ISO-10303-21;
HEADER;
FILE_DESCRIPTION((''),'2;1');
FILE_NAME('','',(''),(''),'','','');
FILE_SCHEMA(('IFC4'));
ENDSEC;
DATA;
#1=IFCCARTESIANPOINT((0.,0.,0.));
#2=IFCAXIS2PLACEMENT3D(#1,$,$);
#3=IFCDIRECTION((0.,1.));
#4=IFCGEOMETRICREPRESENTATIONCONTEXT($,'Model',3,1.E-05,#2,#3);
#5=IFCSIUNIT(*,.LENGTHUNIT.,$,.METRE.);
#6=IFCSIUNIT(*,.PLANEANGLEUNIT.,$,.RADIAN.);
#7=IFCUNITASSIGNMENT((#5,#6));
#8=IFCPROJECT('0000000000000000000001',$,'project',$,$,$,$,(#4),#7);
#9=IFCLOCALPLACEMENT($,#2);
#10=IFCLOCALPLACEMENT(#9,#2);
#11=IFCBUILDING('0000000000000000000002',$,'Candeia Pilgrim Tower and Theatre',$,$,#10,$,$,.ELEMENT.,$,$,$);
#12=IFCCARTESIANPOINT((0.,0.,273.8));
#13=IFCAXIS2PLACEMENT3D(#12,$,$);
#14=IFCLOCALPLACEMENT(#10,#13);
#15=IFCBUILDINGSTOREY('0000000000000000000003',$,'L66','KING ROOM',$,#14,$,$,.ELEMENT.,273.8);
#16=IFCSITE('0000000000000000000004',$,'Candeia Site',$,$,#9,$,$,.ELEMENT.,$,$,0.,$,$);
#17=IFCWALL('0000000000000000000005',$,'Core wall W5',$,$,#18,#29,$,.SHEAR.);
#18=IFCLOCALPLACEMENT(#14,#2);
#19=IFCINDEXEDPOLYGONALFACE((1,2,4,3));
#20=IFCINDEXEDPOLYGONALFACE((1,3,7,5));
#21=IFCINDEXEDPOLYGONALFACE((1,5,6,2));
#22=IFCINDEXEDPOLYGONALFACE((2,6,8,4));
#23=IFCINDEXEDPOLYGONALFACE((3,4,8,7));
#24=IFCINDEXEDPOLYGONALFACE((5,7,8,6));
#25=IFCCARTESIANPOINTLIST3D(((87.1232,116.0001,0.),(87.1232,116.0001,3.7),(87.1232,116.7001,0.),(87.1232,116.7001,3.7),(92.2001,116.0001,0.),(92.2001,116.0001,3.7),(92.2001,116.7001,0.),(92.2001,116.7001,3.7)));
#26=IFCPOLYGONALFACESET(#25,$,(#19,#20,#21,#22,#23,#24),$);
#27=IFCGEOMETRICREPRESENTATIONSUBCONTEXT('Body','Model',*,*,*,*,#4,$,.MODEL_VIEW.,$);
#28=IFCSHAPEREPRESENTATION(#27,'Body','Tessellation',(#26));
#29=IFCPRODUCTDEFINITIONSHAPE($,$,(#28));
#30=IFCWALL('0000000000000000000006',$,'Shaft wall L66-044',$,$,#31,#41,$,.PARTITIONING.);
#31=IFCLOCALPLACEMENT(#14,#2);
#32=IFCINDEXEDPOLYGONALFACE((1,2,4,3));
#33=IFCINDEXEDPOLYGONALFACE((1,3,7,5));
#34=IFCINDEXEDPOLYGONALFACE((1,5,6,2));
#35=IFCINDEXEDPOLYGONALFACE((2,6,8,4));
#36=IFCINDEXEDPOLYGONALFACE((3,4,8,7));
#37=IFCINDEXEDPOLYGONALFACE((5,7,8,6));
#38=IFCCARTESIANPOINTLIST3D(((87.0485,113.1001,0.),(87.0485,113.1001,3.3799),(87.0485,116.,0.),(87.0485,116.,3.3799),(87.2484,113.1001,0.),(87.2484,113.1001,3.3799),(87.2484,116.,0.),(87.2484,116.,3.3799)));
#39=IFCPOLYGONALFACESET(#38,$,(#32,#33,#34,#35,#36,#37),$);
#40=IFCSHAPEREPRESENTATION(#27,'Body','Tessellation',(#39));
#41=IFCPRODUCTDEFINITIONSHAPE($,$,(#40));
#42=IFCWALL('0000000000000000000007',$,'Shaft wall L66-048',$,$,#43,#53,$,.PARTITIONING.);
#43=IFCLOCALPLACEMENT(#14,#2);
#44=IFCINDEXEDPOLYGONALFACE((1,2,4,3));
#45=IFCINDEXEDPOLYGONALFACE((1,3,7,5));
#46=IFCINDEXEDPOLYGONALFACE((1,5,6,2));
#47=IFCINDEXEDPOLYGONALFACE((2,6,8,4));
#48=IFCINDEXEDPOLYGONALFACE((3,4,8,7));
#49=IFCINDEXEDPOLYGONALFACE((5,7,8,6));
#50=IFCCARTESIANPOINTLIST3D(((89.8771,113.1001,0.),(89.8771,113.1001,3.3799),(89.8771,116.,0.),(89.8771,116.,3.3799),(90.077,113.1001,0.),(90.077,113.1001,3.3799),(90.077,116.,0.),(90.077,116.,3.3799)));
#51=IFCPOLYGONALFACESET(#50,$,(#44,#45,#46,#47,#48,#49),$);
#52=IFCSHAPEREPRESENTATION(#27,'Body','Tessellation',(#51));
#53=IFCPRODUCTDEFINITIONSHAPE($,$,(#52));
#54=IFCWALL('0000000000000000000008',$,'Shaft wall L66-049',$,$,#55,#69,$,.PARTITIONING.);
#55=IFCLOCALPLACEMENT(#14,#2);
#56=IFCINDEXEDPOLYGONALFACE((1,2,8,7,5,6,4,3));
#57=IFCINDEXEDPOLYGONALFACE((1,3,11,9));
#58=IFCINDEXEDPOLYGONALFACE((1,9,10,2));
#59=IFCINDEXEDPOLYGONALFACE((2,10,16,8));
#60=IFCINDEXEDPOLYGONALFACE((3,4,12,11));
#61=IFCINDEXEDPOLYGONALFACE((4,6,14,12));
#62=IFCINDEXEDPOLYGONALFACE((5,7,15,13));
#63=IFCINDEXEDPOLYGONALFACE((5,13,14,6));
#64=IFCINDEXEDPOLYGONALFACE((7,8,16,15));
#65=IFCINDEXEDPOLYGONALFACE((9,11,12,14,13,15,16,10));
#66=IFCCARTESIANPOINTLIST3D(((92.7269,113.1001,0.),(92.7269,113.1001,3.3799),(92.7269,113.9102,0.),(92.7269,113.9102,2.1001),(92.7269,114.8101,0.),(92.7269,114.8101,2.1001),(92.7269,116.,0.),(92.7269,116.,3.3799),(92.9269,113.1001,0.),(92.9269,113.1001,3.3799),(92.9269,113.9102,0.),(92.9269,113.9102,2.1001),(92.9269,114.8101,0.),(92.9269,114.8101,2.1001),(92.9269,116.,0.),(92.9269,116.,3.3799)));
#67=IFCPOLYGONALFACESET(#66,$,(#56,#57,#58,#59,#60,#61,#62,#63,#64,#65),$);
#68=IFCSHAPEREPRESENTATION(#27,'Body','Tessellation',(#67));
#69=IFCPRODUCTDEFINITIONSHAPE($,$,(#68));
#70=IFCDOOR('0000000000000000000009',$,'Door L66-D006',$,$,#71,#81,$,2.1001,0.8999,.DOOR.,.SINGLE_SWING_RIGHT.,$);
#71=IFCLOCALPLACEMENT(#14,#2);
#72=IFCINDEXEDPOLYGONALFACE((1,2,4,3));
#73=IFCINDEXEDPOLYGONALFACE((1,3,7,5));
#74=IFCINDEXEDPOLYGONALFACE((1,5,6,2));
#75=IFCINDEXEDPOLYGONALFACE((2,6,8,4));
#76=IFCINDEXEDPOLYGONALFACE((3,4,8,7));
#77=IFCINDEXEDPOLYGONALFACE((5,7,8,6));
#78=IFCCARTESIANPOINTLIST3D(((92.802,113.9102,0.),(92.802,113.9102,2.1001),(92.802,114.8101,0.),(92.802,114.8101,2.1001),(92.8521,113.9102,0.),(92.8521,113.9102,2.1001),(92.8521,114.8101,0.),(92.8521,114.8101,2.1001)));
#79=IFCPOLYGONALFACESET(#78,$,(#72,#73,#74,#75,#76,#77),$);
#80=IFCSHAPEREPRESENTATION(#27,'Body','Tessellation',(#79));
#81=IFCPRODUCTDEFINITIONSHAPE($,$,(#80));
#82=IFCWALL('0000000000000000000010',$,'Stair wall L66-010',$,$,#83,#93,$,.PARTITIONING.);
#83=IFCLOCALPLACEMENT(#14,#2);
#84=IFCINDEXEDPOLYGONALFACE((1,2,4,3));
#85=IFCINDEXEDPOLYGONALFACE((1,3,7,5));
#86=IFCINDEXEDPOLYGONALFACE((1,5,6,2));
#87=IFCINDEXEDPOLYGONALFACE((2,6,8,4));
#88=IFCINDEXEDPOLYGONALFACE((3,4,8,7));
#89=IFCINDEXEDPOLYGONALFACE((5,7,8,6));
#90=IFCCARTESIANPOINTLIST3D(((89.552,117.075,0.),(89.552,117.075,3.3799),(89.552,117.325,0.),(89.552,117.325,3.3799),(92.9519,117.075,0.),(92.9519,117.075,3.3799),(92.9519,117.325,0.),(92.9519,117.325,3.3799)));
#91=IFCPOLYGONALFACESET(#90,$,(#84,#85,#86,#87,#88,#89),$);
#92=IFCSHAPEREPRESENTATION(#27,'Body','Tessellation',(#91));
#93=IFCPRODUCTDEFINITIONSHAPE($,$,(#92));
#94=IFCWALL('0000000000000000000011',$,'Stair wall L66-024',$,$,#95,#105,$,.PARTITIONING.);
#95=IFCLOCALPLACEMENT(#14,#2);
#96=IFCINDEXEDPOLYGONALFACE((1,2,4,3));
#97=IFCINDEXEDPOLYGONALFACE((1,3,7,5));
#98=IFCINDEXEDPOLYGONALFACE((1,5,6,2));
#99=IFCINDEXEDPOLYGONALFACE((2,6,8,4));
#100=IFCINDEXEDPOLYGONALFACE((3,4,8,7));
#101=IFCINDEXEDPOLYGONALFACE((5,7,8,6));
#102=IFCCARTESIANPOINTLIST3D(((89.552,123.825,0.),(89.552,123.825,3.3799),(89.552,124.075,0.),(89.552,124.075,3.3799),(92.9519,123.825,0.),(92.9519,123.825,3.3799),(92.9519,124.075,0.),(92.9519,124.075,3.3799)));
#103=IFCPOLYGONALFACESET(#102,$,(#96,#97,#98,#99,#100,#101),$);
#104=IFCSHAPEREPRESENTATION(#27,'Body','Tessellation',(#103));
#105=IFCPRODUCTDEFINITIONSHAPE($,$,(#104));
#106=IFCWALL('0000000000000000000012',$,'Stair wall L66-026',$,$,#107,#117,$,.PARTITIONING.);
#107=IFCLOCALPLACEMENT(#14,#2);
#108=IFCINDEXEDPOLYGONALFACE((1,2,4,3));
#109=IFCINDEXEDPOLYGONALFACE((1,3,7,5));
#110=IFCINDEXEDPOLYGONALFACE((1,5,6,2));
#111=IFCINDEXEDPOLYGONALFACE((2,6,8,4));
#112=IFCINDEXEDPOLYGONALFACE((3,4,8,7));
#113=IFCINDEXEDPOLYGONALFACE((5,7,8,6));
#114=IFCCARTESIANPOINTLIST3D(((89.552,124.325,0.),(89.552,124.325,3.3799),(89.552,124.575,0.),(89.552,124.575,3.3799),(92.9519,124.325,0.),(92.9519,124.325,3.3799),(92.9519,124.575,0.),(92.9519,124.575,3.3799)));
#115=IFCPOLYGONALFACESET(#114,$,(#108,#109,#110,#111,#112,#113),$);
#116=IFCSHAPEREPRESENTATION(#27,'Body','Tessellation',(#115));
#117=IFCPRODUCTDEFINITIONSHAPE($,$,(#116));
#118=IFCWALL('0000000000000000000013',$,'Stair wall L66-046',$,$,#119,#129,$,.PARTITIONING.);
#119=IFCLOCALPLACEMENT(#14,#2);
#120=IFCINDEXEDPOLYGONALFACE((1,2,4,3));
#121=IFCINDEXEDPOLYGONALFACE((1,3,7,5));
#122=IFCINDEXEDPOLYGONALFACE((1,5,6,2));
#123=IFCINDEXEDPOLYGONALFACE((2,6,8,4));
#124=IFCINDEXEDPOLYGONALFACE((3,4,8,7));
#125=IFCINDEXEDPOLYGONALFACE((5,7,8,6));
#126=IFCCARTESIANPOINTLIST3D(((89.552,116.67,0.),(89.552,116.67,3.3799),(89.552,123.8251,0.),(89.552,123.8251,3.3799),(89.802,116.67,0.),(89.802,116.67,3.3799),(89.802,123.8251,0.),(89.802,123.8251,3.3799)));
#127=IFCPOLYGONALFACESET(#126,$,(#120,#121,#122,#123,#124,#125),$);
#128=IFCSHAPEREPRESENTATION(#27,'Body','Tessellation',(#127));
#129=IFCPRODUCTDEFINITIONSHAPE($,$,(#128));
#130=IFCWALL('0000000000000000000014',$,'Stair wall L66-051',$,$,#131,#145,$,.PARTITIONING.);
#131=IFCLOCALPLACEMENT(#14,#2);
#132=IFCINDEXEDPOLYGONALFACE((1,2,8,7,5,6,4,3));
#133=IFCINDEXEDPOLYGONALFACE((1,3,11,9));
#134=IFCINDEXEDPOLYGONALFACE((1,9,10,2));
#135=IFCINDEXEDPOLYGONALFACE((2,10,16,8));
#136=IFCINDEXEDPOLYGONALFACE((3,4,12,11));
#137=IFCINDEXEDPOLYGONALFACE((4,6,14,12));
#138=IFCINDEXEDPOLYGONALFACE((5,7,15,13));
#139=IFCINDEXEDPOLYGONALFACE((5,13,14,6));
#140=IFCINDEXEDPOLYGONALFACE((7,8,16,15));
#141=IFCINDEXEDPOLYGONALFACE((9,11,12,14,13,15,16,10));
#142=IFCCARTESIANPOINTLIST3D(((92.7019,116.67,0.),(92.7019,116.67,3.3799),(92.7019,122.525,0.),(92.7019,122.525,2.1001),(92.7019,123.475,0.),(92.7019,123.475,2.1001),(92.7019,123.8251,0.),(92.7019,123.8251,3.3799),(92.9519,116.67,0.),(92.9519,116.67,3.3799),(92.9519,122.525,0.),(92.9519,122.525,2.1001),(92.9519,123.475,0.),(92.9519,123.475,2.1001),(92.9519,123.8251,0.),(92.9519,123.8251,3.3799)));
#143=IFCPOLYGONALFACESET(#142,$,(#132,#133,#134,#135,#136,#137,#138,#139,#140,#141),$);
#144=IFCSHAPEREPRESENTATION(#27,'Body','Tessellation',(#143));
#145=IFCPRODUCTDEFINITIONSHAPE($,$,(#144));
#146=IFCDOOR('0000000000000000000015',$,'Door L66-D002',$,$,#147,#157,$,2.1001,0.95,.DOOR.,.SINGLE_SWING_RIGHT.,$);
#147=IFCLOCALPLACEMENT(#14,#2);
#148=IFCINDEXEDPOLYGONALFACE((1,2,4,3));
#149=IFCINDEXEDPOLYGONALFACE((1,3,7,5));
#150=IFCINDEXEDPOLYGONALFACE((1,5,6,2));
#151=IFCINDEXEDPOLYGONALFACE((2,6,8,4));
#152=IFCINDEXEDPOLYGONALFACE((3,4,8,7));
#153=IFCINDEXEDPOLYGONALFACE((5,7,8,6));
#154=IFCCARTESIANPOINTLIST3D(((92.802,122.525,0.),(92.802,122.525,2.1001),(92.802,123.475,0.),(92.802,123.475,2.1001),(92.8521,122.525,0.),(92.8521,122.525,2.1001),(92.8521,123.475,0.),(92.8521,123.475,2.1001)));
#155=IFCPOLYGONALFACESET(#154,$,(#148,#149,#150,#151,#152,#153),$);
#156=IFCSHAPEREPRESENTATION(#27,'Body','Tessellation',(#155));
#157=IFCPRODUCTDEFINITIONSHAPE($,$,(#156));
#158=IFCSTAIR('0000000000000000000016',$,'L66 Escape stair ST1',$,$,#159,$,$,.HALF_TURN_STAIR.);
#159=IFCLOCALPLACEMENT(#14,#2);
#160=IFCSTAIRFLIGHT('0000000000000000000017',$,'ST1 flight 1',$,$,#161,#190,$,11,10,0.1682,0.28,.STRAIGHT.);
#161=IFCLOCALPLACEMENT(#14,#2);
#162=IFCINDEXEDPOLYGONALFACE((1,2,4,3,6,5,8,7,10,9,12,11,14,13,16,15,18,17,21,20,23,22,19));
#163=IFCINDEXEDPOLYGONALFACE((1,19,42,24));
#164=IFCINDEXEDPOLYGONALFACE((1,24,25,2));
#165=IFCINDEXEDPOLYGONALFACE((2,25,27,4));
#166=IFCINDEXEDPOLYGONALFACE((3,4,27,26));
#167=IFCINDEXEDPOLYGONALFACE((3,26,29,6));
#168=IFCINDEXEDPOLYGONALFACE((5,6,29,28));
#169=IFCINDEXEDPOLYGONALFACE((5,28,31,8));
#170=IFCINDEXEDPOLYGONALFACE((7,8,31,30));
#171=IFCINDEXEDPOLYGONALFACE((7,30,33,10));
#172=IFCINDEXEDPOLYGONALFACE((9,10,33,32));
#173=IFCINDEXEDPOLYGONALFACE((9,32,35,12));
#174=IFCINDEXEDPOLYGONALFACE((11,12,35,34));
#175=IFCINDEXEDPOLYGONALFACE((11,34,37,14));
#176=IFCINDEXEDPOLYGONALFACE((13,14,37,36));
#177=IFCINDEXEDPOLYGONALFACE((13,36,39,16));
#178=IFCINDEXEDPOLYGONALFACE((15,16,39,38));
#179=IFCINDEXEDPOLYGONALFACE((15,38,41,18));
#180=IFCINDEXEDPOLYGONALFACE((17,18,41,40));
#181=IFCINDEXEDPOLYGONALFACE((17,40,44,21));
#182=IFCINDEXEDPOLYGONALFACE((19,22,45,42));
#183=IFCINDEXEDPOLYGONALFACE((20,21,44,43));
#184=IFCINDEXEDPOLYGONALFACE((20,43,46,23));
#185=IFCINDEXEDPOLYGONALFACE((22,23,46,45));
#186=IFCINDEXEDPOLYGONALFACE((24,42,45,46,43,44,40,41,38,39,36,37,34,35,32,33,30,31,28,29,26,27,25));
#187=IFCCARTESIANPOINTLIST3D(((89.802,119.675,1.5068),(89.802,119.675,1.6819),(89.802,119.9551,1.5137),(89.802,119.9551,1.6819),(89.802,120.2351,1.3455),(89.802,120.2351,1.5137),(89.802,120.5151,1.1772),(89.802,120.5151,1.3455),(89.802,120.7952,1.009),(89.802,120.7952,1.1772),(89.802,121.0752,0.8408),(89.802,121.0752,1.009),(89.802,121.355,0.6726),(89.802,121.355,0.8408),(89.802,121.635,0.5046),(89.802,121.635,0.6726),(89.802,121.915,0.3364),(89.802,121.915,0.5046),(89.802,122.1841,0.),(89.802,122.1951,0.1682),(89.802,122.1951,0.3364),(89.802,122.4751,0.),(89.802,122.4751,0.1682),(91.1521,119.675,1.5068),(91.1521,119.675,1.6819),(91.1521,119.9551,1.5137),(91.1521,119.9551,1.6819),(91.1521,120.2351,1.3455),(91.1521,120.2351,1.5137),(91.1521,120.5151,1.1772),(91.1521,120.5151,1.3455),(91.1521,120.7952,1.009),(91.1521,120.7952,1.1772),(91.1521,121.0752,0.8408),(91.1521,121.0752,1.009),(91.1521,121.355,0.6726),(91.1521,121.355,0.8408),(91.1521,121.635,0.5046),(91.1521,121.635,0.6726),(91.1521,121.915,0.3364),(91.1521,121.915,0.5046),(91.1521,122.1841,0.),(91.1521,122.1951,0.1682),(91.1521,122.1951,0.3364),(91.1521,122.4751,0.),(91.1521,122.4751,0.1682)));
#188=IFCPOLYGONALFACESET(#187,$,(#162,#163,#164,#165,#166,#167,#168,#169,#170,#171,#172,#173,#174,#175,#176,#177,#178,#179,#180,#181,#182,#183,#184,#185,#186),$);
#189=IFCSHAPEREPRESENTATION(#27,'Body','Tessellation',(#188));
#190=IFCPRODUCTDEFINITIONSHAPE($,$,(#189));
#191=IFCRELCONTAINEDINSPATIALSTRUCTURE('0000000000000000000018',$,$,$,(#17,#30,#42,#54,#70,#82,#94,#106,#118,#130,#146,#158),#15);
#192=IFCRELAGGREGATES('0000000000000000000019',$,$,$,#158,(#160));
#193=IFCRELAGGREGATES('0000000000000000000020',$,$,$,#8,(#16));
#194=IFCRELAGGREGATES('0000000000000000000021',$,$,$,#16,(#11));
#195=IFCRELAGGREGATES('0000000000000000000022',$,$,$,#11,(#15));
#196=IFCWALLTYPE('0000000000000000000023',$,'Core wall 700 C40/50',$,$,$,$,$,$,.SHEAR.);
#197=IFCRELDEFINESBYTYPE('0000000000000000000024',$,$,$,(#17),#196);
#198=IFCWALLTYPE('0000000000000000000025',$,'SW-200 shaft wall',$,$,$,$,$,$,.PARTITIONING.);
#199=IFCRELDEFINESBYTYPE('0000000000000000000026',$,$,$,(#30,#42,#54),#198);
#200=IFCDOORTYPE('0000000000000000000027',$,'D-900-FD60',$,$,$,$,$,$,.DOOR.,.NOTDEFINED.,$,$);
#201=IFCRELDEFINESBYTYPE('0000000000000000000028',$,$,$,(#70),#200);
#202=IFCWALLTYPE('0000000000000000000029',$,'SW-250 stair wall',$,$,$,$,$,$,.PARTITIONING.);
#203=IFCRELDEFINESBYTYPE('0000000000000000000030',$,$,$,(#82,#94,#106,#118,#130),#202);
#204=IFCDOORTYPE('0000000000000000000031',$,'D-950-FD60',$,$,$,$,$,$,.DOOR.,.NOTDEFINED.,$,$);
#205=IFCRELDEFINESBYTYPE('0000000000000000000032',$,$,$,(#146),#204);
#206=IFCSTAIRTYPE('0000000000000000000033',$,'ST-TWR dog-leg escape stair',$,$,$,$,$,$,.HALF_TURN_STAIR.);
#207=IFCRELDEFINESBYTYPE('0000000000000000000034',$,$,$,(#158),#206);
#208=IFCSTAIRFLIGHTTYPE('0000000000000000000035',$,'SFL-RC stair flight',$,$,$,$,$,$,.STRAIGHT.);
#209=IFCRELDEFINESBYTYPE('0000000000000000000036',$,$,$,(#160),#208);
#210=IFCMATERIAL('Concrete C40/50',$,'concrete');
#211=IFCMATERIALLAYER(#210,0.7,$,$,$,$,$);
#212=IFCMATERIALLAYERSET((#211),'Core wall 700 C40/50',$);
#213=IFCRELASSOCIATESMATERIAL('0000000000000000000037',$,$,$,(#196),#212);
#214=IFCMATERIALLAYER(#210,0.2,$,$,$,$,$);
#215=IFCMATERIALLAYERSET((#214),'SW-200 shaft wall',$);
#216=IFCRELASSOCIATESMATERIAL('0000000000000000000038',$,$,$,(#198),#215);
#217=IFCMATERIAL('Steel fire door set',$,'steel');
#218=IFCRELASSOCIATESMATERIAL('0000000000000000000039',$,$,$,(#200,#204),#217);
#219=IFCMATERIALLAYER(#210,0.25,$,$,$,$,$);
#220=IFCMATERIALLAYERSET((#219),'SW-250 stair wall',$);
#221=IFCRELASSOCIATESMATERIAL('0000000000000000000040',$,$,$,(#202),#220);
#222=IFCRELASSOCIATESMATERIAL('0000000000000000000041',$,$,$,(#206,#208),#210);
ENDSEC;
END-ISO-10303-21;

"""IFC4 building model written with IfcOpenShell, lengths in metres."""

from ifc_helpers import new_model, si_unit, direction, frame, frame_2d, origin, place, context, subcontext, project, spatial, polyline, rectangle, outline, extrude, material, layer, layer_set, type_object, element, fill, aggregate, save


model = new_model("IFC4")

# Units and contexts
model_context = context("Model", 3, precision=1e-05, world=origin(), true_north=direction((0.0, 1.0)))
body_context = subcontext(model_context, "Body", "Model", "MODEL_VIEW")
ifc_project = project(units=[si_unit("LENGTHUNIT", "METRE"), si_unit("PLANEANGLEUNIT", "RADIAN")], contexts=[model_context])

# Site, building, storey
site_placement = place(None, origin())
site = spatial("IfcSite", under=ifc_project, at=site_placement, Name="Candeia Site", CompositionType="ELEMENT", RefElevation=0.0)
building_placement = place(site_placement, origin())
building = spatial("IfcBuilding", under=site, at=building_placement, Name="Candeia Pilgrim Tower and Theatre", CompositionType="ELEMENT")
storey_placement = place(building_placement, frame((0.0, 0.0, 273.8)))
storey = spatial("IfcBuildingStorey", under=building, at=storey_placement, Name="L66", Description="KING ROOM", CompositionType="ELEMENT", Elevation=273.8)

# Walls
ifc_material_1 = material(Name="Concrete C40/50", Category="concrete")
ifc_layer_1 = layer(ifc_material_1, 0.7)
ifc_layer_set_1 = layer_set([ifc_layer_1], Name="Core wall 700 C40/50")
wall_type_1 = type_object("IfcWallType", Name="Core wall 700 C40/50", PredefinedType="SHEAR", material=ifc_layer_set_1)
wall_1_placement = place(storey_placement, frame((87.123, 116.3501, 0.0), z_axis=(0.0, 0.0, 1.0), x_axis=(1.0, 0.0, 0.0)))
element("IfcWall", 1, at=wall_1_placement, inside=storey, type_object=wall_type_1, Name="Core wall W5", PredefinedType="SHEAR", context=body_context, shape_type="SweptSolid", body=[
    extrude(rectangle(XDim=5.0769, YDim=0.7, at=frame_2d((2.5386, 0.0))), origin(), (0.0, 0.0, 1.0), 3.7),
])
ifc_layer_2 = layer(ifc_material_1, 0.2)
ifc_layer_set_2 = layer_set([ifc_layer_2], Name="SW-200 shaft wall")
wall_type_2 = type_object("IfcWallType", Name="SW-200 shaft wall", PredefinedType="PARTITIONING", material=ifc_layer_set_2)
for number, where, z_axis, x_axis, name in (
    (2, (87.1484, 113.1001, 0.0), (0.0, 0.0, 1.0), (0.0, 1.0, 0.0), "Shaft wall L66-044"),
    (3, (89.9771, 113.1001, 0.0), (0.0, 0.0, 1.0), (0.0, 1.0, 0.0), "Shaft wall L66-048"),
):
    element("IfcWall", number, at=place(storey_placement, frame(where, z_axis=z_axis, x_axis=x_axis)), inside=storey, type_object=wall_type_2, Name=name, PredefinedType="PARTITIONING", context=body_context, shape_type="SweptSolid", body=[
        extrude(rectangle(XDim=2.8999, YDim=0.2, at=frame_2d((1.45, 0.0))), origin(), (0.0, 0.0, 1.0), 3.3799),
    ])

# Wall, opening, door
wall_2_placement = place(storey_placement, frame((92.8269, 113.1001, 0.0), z_axis=(0.0, 0.0, 1.0), x_axis=(0.0, 1.0, 0.0)))
wall_2 = element("IfcWall", 4, at=wall_2_placement, inside=storey, type_object=wall_type_2, Name="Shaft wall L66-049", PredefinedType="PARTITIONING", context=body_context, shape_type="SweptSolid", body=[
    extrude(rectangle(XDim=2.8999, YDim=0.2, at=frame_2d((1.45, 0.0))), origin(), (0.0, 0.0, 1.0), 3.3799),
])
opening_1_placement = place(wall_2_placement, frame((0.8101, 0.0, 0.0)))
opening_1 = element("IfcOpeningElement", 5, at=opening_1_placement, cuts=wall_2, PredefinedType="OPENING", context=body_context, shape_type="SweptSolid", body=[
    extrude(rectangle(XDim=0.8999, YDim=2.1001, at=frame_2d((0.45, 1.05))), frame((0.0, 0.1099, 0.0), z_axis=(0.0, -1.0, 0.0), x_axis=(1.0, 0.0, 0.0)), (0.0, 0.0, 1.0), 0.22),
])
ifc_material_2 = material(Name="Steel fire door set", Category="steel")
door_type_1 = type_object("IfcDoorType", Name="D-900-FD60", OperationType="NOTDEFINED", PredefinedType="DOOR", material=ifc_material_2)
door_1_placement = place(opening_1_placement, origin())
door_1 = element("IfcDoor", 6, at=door_1_placement, inside=storey, type_object=door_type_1, Name="Door L66-D006", OperationType="SINGLE_SWING_RIGHT", OverallHeight=2.1001, OverallWidth=0.8999, PredefinedType="DOOR", context=body_context, shape_type="SweptSolid", body=[
    extrude(rectangle(XDim=0.8999, YDim=2.1001, at=frame_2d((0.45, 1.05))), frame((0.0, 0.0249, 0.0), z_axis=(0.0, -1.0, 0.0), x_axis=(1.0, 0.0, 0.0)), (0.0, 0.0, 1.0), 0.05),
])
fill(opening_1, door_1)

# Walls
ifc_layer_3 = layer(ifc_material_1, 0.25)
ifc_layer_set_3 = layer_set([ifc_layer_3], Name="SW-250 stair wall")
wall_type_3 = type_object("IfcWallType", Name="SW-250 stair wall", PredefinedType="PARTITIONING", material=ifc_layer_set_3)
for number, where, z_axis, x_axis, name in (
    (7, (89.552, 117.2, 0.0), (0.0, 0.0, 1.0), (1.0, 0.0, 0.0), "Stair wall L66-010"),
    (8, (89.552, 123.95, 0.0), (0.0, 0.0, 1.0), (1.0, 0.0, 0.0), "Stair wall L66-024"),
    (9, (89.552, 124.45, 0.0), (0.0, 0.0, 1.0), (1.0, 0.0, 0.0), "Stair wall L66-026"),
):
    element("IfcWall", number, at=place(storey_placement, frame(where, z_axis=z_axis, x_axis=x_axis)), inside=storey, type_object=wall_type_3, Name=name, PredefinedType="PARTITIONING", context=body_context, shape_type="SweptSolid", body=[
        extrude(rectangle(XDim=3.3999, YDim=0.25, at=frame_2d((1.7, 0.0))), origin(), (0.0, 0.0, 1.0), 3.3799),
    ])
wall_3_placement = place(storey_placement, frame((89.677, 116.6699, 0.0), z_axis=(0.0, 0.0, 1.0), x_axis=(0.0, 1.0, 0.0)))
element("IfcWall", 10, at=wall_3_placement, inside=storey, type_object=wall_type_3, Name="Stair wall L66-046", PredefinedType="PARTITIONING", context=body_context, shape_type="SweptSolid", body=[
    extrude(rectangle(XDim=7.155, YDim=0.25, at=frame_2d((3.5776, 0.0))), origin(), (0.0, 0.0, 1.0), 3.3799),
])

# Wall, opening, door
wall_4_placement = place(storey_placement, frame((92.8269, 116.6699, 0.0), z_axis=(0.0, 0.0, 1.0), x_axis=(0.0, 1.0, 0.0)))
wall_4 = element("IfcWall", 11, at=wall_4_placement, inside=storey, type_object=wall_type_3, Name="Stair wall L66-051", PredefinedType="PARTITIONING", context=body_context, shape_type="SweptSolid", body=[
    extrude(rectangle(XDim=7.155, YDim=0.25, at=frame_2d((3.5776, 0.0))), origin(), (0.0, 0.0, 1.0), 3.3799),
])
opening_2_placement = place(wall_4_placement, frame((5.855, 0.0, 0.0)))
opening_2 = element("IfcOpeningElement", 12, at=opening_2_placement, cuts=wall_4, PredefinedType="OPENING", context=body_context, shape_type="SweptSolid", body=[
    extrude(rectangle(XDim=0.95, YDim=2.1001, at=frame_2d((0.4751, 1.05))), frame((0.0, 0.135, 0.0), z_axis=(0.0, -1.0, 0.0), x_axis=(1.0, 0.0, 0.0)), (0.0, 0.0, 1.0), 0.27),
])
door_type_2 = type_object("IfcDoorType", Name="D-950-FD60", OperationType="NOTDEFINED", PredefinedType="DOOR", material=ifc_material_2)
door_2_placement = place(opening_2_placement, origin())
door_2 = element("IfcDoor", 13, at=door_2_placement, inside=storey, type_object=door_type_2, Name="Door L66-D002", OperationType="SINGLE_SWING_RIGHT", OverallHeight=2.1001, OverallWidth=0.95, PredefinedType="DOOR", context=body_context, shape_type="SweptSolid", body=[
    extrude(rectangle(XDim=0.95, YDim=2.1001, at=frame_2d((0.4751, 1.05))), frame((0.0, 0.0249, 0.0), z_axis=(0.0, -1.0, 0.0), x_axis=(1.0, 0.0, 0.0)), (0.0, 0.0, 1.0), 0.05),
])
fill(opening_2, door_2)

# Stair, stair flight
stair_type = type_object("IfcStairType", Name="ST-TWR dog-leg escape stair", PredefinedType="HALF_TURN_STAIR", material=ifc_material_1)
stair_placement = place(storey_placement, origin())
stair = element("IfcStair", 14, at=stair_placement, inside=storey, type_object=stair_type, Name="L66 Escape stair ST1", PredefinedType="HALF_TURN_STAIR")
stair_flight_type = type_object("IfcStairFlightType", Name="SFL-RC stair flight", PredefinedType="STRAIGHT", material=ifc_material_1)
stair_flight_1_placement = place(storey_placement, frame((90.4771, 122.4751, 0.0), z_axis=(0.0, 0.0, 1.0), x_axis=(0.0, -1.0, 0.0)))
stair_flight_1 = element("IfcStairFlight", 15, at=stair_flight_1_placement, type_object=stair_flight_type, Name="ST1 flight 1", NumberOfRisers=11, NumberOfTreads=10, PredefinedType="STRAIGHT", RiserHeight=0.1682, TreadLength=0.28, context=body_context, shape_type="SweptSolid", body=[
    extrude(outline(polyline([(0.0, 0.0), (0.0, 0.1682), (0.28, 0.1682), (0.28, 0.3364), (0.5601, 0.3364), (0.5601, 0.5046), (0.8401, 0.5046), (0.8401, 0.6726), (1.1201, 0.6726), (1.1201, 0.8408), (1.3999, 0.8408), (1.3999, 1.009), (1.6799, 1.009), (1.6799, 1.1772), (1.96, 1.1772), (1.96, 1.3455), (2.24, 1.3455), (2.24, 1.5137), (2.52, 1.5137), (2.52, 1.6819), (2.8, 1.6819), (2.8, 1.8501), (2.8, 1.5068), (0.291, 0.0), (0.0, 0.0)])), frame((0.0, 0.675, 0.0), z_axis=(0.0, -1.0, 0.0), x_axis=(1.0, 0.0, 0.0)), (0.0, 0.0, 1.0), 1.3501),
])
aggregate(stair, [stair_flight_1])

save(model, "model.ifc")
